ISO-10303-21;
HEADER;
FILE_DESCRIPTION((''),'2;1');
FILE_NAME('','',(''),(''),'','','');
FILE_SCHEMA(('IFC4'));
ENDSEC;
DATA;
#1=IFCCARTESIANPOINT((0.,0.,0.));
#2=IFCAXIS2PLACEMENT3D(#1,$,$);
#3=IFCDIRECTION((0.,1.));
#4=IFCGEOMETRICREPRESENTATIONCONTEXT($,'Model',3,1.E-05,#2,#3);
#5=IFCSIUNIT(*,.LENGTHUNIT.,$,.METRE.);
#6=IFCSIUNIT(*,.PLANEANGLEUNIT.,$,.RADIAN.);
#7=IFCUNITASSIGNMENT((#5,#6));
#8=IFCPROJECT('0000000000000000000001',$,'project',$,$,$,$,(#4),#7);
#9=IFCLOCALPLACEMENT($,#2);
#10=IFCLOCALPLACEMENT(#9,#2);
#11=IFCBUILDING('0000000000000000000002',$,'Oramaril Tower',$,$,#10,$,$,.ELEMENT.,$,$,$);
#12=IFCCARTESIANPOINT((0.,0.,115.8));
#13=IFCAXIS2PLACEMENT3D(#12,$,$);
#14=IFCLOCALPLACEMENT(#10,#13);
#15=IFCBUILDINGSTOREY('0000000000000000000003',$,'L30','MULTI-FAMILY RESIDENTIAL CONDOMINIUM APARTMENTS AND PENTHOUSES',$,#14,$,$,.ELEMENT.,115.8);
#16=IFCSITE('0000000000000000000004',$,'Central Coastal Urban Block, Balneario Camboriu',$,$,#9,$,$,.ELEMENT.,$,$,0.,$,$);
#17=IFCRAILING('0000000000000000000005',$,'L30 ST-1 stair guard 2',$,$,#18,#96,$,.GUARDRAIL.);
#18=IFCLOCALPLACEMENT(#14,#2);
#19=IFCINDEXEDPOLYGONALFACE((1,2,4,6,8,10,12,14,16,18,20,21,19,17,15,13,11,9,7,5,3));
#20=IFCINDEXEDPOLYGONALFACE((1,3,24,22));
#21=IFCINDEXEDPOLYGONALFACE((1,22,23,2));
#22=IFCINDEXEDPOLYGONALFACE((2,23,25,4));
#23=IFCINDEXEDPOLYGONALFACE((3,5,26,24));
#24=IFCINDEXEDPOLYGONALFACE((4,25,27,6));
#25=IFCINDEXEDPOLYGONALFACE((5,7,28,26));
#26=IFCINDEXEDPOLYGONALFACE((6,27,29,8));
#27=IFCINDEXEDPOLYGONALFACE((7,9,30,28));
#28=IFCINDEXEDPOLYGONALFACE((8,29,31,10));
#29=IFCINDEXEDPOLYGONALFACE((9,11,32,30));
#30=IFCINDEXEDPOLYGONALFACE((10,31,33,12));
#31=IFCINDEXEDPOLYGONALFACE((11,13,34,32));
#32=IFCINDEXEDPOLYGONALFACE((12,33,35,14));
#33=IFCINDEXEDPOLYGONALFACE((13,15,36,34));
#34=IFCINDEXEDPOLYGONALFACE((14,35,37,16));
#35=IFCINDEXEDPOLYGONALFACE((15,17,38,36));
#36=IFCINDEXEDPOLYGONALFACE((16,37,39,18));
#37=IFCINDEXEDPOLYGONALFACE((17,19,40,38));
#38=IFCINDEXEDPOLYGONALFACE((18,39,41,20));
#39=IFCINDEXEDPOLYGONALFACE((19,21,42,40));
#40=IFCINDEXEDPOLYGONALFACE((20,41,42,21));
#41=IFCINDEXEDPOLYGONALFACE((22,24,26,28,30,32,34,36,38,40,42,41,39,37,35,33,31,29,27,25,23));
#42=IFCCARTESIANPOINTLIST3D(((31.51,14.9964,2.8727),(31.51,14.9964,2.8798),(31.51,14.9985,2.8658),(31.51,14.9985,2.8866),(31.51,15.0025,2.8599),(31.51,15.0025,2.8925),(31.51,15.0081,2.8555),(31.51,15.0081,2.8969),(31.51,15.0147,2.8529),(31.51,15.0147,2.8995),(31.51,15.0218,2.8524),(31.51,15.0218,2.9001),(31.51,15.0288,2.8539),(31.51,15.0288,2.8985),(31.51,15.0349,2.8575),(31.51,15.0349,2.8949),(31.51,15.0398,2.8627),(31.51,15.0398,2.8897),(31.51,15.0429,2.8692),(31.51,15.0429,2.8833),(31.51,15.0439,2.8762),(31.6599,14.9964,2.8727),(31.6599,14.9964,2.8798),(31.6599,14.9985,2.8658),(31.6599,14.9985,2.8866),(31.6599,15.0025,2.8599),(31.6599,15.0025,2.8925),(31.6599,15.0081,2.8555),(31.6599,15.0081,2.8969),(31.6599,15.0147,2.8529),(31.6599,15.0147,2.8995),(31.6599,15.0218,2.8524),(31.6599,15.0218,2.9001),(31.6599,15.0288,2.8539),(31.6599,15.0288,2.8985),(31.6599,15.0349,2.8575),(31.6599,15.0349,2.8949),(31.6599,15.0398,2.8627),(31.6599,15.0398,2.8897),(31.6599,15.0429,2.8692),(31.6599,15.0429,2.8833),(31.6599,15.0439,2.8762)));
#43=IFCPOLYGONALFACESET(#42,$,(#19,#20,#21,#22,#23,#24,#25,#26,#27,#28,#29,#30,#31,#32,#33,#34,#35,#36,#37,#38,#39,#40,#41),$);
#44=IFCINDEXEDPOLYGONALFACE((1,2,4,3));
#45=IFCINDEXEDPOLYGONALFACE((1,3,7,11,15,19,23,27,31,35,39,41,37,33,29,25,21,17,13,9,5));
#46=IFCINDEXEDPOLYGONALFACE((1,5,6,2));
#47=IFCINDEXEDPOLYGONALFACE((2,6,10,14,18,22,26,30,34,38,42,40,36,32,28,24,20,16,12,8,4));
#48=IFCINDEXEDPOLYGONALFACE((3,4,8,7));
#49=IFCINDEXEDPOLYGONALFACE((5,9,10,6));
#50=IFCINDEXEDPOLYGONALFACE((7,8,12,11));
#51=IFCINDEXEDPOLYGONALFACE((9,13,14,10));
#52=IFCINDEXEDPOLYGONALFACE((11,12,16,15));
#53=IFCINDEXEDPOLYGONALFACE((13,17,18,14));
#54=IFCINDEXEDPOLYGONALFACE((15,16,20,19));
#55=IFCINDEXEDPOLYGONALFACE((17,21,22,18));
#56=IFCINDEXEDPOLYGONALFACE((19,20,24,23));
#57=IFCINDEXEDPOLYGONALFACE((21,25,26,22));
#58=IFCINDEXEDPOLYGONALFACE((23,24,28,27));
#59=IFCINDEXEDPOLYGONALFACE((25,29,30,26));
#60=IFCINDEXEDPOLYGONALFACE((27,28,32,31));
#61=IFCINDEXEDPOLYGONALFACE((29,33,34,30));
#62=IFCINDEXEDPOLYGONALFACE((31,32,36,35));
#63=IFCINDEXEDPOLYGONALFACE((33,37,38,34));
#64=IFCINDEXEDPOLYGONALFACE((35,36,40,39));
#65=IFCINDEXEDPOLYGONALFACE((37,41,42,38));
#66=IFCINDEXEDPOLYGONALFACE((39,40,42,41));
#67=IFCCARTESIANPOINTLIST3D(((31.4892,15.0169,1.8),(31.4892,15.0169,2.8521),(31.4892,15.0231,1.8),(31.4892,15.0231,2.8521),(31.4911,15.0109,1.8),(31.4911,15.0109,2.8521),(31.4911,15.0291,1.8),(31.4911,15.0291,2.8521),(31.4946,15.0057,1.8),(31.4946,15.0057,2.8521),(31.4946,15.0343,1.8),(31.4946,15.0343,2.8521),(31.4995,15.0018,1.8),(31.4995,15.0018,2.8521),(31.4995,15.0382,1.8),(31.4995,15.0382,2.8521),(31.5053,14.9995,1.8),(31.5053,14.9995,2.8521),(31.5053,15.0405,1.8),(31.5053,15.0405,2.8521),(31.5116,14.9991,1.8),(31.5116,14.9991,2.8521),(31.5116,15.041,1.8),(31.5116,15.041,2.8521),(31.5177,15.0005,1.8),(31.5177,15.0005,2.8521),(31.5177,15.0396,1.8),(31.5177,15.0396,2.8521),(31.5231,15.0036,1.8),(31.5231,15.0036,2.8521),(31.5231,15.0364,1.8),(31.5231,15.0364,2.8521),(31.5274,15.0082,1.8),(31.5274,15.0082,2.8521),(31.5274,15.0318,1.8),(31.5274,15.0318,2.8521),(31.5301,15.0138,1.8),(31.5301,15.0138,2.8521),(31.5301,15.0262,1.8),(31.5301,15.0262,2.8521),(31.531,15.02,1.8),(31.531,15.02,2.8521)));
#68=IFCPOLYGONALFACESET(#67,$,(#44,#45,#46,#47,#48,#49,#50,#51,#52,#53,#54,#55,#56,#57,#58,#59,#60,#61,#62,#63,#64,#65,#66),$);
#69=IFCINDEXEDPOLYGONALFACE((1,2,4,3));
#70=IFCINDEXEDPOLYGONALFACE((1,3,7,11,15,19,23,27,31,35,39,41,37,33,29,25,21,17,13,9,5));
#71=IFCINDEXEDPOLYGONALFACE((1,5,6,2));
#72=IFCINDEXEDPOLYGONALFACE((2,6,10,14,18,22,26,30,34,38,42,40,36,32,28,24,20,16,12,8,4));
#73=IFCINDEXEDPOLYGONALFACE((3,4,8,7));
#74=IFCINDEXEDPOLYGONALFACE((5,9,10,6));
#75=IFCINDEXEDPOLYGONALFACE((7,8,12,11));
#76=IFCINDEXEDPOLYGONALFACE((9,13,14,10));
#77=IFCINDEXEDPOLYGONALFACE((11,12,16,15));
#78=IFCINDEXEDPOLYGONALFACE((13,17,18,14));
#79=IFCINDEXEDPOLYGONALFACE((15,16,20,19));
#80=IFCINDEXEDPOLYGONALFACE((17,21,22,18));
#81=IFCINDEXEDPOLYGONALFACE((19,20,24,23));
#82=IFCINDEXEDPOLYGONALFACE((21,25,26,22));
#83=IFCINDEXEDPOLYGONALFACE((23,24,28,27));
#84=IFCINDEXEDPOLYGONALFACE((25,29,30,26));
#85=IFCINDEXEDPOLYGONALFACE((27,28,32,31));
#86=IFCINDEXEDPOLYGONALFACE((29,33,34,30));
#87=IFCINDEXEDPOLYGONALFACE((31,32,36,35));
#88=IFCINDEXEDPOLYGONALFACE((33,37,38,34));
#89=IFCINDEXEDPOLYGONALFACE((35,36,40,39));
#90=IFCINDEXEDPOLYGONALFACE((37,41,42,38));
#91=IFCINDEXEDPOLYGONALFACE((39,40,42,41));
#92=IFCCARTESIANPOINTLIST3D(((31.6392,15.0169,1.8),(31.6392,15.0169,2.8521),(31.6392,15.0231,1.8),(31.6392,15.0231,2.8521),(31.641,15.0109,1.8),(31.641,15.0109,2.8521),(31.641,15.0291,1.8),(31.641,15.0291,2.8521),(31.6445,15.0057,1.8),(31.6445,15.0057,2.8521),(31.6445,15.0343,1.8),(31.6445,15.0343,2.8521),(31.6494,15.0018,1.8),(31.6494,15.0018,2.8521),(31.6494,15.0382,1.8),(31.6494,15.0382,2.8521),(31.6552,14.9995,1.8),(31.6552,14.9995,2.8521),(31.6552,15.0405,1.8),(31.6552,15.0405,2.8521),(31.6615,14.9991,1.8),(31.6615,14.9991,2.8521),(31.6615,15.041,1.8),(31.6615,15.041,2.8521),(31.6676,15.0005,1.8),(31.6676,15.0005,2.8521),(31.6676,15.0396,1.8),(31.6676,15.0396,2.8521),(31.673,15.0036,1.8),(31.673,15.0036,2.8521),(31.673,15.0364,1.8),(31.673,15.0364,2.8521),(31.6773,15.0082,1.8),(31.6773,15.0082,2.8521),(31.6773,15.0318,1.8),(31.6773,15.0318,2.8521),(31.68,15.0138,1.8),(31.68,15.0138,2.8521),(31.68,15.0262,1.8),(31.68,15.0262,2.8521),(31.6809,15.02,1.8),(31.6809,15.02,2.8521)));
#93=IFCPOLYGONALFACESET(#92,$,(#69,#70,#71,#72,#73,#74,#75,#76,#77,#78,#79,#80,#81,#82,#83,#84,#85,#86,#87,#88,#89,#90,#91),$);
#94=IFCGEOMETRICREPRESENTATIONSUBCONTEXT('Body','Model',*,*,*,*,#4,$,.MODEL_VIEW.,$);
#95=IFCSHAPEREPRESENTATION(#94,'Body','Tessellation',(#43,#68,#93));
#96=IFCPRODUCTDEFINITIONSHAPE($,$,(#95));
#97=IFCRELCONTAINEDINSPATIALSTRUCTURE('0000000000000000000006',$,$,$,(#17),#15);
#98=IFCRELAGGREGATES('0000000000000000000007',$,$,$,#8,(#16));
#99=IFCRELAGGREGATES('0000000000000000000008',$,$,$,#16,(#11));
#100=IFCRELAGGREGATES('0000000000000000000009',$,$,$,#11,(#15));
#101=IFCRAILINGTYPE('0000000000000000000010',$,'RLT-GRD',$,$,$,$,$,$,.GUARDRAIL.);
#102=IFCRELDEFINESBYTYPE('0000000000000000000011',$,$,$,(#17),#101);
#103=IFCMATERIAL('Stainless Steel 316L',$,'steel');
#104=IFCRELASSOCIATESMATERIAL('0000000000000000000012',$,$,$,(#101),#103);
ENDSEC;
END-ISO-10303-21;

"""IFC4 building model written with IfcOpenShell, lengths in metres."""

from ifc_helpers import new_model, si_unit, direction, frame, origin, origin_2d, place, context, subcontext, project, spatial, circle, extrude, material, type_object, element, save


model = new_model("IFC4")

# Units and contexts
model_context = context("Model", 3, precision=1e-05, world=origin(), true_north=direction((0.0, 1.0)))
body_context = subcontext(model_context, "Body", "Model", "MODEL_VIEW")
ifc_project = project(units=[si_unit("LENGTHUNIT", "METRE"), si_unit("PLANEANGLEUNIT", "RADIAN")], contexts=[model_context])

# Site, building, storey
site_placement = place(None, origin())
site = spatial("IfcSite", under=ifc_project, at=site_placement, Name="Central Coastal Urban Block, Balneario Camboriu", CompositionType="ELEMENT", RefElevation=0.0)
building_placement = place(site_placement, origin())
building = spatial("IfcBuilding", under=site, at=building_placement, Name="Oramaril Tower", CompositionType="ELEMENT")
storey_placement = place(building_placement, frame((0.0, 0.0, 115.8)))
storey = spatial("IfcBuildingStorey", under=building, at=storey_placement, Name="L30", Description="MULTI-FAMILY RESIDENTIAL CONDOMINIUM APARTMENTS AND PENTHOUSES", CompositionType="ELEMENT", Elevation=115.8)

# Railing
ifc_material_1 = material(Name="Stainless Steel 316L", Category="steel")
railing_type_1 = type_object("IfcRailingType", Name="RLT-GRD", PredefinedType="GUARDRAIL", material=ifc_material_1)
railing_1_placement = place(storey_placement, frame((31.51, 15.02, 1.8)))
element("IfcRailing", 1, at=railing_1_placement, inside=storey, type_object=railing_type_1, Name="L30 ST-1 stair guard 2", PredefinedType="GUARDRAIL", context=body_context, shape_type="SweptSolid", body=[
    extrude(circle(Radius=0.0239, at=origin_2d()), frame((0.0, 0.0, 1.0762), z_axis=(1.0, 0.0, 0.0), x_axis=(0.0, 1.0, 0.0)), (0.0, 0.0, 1.0), 0.1499),
    extrude(circle(Radius=0.021, at=origin_2d()), origin(), (0.0, 0.0, 1.0), 1.052),
    extrude(circle(Radius=0.021, at=origin_2d()), frame((0.1499, 0.0, 0.0)), (0.0, 0.0, 1.0), 1.052),
])

save(model, "model.ifc")
